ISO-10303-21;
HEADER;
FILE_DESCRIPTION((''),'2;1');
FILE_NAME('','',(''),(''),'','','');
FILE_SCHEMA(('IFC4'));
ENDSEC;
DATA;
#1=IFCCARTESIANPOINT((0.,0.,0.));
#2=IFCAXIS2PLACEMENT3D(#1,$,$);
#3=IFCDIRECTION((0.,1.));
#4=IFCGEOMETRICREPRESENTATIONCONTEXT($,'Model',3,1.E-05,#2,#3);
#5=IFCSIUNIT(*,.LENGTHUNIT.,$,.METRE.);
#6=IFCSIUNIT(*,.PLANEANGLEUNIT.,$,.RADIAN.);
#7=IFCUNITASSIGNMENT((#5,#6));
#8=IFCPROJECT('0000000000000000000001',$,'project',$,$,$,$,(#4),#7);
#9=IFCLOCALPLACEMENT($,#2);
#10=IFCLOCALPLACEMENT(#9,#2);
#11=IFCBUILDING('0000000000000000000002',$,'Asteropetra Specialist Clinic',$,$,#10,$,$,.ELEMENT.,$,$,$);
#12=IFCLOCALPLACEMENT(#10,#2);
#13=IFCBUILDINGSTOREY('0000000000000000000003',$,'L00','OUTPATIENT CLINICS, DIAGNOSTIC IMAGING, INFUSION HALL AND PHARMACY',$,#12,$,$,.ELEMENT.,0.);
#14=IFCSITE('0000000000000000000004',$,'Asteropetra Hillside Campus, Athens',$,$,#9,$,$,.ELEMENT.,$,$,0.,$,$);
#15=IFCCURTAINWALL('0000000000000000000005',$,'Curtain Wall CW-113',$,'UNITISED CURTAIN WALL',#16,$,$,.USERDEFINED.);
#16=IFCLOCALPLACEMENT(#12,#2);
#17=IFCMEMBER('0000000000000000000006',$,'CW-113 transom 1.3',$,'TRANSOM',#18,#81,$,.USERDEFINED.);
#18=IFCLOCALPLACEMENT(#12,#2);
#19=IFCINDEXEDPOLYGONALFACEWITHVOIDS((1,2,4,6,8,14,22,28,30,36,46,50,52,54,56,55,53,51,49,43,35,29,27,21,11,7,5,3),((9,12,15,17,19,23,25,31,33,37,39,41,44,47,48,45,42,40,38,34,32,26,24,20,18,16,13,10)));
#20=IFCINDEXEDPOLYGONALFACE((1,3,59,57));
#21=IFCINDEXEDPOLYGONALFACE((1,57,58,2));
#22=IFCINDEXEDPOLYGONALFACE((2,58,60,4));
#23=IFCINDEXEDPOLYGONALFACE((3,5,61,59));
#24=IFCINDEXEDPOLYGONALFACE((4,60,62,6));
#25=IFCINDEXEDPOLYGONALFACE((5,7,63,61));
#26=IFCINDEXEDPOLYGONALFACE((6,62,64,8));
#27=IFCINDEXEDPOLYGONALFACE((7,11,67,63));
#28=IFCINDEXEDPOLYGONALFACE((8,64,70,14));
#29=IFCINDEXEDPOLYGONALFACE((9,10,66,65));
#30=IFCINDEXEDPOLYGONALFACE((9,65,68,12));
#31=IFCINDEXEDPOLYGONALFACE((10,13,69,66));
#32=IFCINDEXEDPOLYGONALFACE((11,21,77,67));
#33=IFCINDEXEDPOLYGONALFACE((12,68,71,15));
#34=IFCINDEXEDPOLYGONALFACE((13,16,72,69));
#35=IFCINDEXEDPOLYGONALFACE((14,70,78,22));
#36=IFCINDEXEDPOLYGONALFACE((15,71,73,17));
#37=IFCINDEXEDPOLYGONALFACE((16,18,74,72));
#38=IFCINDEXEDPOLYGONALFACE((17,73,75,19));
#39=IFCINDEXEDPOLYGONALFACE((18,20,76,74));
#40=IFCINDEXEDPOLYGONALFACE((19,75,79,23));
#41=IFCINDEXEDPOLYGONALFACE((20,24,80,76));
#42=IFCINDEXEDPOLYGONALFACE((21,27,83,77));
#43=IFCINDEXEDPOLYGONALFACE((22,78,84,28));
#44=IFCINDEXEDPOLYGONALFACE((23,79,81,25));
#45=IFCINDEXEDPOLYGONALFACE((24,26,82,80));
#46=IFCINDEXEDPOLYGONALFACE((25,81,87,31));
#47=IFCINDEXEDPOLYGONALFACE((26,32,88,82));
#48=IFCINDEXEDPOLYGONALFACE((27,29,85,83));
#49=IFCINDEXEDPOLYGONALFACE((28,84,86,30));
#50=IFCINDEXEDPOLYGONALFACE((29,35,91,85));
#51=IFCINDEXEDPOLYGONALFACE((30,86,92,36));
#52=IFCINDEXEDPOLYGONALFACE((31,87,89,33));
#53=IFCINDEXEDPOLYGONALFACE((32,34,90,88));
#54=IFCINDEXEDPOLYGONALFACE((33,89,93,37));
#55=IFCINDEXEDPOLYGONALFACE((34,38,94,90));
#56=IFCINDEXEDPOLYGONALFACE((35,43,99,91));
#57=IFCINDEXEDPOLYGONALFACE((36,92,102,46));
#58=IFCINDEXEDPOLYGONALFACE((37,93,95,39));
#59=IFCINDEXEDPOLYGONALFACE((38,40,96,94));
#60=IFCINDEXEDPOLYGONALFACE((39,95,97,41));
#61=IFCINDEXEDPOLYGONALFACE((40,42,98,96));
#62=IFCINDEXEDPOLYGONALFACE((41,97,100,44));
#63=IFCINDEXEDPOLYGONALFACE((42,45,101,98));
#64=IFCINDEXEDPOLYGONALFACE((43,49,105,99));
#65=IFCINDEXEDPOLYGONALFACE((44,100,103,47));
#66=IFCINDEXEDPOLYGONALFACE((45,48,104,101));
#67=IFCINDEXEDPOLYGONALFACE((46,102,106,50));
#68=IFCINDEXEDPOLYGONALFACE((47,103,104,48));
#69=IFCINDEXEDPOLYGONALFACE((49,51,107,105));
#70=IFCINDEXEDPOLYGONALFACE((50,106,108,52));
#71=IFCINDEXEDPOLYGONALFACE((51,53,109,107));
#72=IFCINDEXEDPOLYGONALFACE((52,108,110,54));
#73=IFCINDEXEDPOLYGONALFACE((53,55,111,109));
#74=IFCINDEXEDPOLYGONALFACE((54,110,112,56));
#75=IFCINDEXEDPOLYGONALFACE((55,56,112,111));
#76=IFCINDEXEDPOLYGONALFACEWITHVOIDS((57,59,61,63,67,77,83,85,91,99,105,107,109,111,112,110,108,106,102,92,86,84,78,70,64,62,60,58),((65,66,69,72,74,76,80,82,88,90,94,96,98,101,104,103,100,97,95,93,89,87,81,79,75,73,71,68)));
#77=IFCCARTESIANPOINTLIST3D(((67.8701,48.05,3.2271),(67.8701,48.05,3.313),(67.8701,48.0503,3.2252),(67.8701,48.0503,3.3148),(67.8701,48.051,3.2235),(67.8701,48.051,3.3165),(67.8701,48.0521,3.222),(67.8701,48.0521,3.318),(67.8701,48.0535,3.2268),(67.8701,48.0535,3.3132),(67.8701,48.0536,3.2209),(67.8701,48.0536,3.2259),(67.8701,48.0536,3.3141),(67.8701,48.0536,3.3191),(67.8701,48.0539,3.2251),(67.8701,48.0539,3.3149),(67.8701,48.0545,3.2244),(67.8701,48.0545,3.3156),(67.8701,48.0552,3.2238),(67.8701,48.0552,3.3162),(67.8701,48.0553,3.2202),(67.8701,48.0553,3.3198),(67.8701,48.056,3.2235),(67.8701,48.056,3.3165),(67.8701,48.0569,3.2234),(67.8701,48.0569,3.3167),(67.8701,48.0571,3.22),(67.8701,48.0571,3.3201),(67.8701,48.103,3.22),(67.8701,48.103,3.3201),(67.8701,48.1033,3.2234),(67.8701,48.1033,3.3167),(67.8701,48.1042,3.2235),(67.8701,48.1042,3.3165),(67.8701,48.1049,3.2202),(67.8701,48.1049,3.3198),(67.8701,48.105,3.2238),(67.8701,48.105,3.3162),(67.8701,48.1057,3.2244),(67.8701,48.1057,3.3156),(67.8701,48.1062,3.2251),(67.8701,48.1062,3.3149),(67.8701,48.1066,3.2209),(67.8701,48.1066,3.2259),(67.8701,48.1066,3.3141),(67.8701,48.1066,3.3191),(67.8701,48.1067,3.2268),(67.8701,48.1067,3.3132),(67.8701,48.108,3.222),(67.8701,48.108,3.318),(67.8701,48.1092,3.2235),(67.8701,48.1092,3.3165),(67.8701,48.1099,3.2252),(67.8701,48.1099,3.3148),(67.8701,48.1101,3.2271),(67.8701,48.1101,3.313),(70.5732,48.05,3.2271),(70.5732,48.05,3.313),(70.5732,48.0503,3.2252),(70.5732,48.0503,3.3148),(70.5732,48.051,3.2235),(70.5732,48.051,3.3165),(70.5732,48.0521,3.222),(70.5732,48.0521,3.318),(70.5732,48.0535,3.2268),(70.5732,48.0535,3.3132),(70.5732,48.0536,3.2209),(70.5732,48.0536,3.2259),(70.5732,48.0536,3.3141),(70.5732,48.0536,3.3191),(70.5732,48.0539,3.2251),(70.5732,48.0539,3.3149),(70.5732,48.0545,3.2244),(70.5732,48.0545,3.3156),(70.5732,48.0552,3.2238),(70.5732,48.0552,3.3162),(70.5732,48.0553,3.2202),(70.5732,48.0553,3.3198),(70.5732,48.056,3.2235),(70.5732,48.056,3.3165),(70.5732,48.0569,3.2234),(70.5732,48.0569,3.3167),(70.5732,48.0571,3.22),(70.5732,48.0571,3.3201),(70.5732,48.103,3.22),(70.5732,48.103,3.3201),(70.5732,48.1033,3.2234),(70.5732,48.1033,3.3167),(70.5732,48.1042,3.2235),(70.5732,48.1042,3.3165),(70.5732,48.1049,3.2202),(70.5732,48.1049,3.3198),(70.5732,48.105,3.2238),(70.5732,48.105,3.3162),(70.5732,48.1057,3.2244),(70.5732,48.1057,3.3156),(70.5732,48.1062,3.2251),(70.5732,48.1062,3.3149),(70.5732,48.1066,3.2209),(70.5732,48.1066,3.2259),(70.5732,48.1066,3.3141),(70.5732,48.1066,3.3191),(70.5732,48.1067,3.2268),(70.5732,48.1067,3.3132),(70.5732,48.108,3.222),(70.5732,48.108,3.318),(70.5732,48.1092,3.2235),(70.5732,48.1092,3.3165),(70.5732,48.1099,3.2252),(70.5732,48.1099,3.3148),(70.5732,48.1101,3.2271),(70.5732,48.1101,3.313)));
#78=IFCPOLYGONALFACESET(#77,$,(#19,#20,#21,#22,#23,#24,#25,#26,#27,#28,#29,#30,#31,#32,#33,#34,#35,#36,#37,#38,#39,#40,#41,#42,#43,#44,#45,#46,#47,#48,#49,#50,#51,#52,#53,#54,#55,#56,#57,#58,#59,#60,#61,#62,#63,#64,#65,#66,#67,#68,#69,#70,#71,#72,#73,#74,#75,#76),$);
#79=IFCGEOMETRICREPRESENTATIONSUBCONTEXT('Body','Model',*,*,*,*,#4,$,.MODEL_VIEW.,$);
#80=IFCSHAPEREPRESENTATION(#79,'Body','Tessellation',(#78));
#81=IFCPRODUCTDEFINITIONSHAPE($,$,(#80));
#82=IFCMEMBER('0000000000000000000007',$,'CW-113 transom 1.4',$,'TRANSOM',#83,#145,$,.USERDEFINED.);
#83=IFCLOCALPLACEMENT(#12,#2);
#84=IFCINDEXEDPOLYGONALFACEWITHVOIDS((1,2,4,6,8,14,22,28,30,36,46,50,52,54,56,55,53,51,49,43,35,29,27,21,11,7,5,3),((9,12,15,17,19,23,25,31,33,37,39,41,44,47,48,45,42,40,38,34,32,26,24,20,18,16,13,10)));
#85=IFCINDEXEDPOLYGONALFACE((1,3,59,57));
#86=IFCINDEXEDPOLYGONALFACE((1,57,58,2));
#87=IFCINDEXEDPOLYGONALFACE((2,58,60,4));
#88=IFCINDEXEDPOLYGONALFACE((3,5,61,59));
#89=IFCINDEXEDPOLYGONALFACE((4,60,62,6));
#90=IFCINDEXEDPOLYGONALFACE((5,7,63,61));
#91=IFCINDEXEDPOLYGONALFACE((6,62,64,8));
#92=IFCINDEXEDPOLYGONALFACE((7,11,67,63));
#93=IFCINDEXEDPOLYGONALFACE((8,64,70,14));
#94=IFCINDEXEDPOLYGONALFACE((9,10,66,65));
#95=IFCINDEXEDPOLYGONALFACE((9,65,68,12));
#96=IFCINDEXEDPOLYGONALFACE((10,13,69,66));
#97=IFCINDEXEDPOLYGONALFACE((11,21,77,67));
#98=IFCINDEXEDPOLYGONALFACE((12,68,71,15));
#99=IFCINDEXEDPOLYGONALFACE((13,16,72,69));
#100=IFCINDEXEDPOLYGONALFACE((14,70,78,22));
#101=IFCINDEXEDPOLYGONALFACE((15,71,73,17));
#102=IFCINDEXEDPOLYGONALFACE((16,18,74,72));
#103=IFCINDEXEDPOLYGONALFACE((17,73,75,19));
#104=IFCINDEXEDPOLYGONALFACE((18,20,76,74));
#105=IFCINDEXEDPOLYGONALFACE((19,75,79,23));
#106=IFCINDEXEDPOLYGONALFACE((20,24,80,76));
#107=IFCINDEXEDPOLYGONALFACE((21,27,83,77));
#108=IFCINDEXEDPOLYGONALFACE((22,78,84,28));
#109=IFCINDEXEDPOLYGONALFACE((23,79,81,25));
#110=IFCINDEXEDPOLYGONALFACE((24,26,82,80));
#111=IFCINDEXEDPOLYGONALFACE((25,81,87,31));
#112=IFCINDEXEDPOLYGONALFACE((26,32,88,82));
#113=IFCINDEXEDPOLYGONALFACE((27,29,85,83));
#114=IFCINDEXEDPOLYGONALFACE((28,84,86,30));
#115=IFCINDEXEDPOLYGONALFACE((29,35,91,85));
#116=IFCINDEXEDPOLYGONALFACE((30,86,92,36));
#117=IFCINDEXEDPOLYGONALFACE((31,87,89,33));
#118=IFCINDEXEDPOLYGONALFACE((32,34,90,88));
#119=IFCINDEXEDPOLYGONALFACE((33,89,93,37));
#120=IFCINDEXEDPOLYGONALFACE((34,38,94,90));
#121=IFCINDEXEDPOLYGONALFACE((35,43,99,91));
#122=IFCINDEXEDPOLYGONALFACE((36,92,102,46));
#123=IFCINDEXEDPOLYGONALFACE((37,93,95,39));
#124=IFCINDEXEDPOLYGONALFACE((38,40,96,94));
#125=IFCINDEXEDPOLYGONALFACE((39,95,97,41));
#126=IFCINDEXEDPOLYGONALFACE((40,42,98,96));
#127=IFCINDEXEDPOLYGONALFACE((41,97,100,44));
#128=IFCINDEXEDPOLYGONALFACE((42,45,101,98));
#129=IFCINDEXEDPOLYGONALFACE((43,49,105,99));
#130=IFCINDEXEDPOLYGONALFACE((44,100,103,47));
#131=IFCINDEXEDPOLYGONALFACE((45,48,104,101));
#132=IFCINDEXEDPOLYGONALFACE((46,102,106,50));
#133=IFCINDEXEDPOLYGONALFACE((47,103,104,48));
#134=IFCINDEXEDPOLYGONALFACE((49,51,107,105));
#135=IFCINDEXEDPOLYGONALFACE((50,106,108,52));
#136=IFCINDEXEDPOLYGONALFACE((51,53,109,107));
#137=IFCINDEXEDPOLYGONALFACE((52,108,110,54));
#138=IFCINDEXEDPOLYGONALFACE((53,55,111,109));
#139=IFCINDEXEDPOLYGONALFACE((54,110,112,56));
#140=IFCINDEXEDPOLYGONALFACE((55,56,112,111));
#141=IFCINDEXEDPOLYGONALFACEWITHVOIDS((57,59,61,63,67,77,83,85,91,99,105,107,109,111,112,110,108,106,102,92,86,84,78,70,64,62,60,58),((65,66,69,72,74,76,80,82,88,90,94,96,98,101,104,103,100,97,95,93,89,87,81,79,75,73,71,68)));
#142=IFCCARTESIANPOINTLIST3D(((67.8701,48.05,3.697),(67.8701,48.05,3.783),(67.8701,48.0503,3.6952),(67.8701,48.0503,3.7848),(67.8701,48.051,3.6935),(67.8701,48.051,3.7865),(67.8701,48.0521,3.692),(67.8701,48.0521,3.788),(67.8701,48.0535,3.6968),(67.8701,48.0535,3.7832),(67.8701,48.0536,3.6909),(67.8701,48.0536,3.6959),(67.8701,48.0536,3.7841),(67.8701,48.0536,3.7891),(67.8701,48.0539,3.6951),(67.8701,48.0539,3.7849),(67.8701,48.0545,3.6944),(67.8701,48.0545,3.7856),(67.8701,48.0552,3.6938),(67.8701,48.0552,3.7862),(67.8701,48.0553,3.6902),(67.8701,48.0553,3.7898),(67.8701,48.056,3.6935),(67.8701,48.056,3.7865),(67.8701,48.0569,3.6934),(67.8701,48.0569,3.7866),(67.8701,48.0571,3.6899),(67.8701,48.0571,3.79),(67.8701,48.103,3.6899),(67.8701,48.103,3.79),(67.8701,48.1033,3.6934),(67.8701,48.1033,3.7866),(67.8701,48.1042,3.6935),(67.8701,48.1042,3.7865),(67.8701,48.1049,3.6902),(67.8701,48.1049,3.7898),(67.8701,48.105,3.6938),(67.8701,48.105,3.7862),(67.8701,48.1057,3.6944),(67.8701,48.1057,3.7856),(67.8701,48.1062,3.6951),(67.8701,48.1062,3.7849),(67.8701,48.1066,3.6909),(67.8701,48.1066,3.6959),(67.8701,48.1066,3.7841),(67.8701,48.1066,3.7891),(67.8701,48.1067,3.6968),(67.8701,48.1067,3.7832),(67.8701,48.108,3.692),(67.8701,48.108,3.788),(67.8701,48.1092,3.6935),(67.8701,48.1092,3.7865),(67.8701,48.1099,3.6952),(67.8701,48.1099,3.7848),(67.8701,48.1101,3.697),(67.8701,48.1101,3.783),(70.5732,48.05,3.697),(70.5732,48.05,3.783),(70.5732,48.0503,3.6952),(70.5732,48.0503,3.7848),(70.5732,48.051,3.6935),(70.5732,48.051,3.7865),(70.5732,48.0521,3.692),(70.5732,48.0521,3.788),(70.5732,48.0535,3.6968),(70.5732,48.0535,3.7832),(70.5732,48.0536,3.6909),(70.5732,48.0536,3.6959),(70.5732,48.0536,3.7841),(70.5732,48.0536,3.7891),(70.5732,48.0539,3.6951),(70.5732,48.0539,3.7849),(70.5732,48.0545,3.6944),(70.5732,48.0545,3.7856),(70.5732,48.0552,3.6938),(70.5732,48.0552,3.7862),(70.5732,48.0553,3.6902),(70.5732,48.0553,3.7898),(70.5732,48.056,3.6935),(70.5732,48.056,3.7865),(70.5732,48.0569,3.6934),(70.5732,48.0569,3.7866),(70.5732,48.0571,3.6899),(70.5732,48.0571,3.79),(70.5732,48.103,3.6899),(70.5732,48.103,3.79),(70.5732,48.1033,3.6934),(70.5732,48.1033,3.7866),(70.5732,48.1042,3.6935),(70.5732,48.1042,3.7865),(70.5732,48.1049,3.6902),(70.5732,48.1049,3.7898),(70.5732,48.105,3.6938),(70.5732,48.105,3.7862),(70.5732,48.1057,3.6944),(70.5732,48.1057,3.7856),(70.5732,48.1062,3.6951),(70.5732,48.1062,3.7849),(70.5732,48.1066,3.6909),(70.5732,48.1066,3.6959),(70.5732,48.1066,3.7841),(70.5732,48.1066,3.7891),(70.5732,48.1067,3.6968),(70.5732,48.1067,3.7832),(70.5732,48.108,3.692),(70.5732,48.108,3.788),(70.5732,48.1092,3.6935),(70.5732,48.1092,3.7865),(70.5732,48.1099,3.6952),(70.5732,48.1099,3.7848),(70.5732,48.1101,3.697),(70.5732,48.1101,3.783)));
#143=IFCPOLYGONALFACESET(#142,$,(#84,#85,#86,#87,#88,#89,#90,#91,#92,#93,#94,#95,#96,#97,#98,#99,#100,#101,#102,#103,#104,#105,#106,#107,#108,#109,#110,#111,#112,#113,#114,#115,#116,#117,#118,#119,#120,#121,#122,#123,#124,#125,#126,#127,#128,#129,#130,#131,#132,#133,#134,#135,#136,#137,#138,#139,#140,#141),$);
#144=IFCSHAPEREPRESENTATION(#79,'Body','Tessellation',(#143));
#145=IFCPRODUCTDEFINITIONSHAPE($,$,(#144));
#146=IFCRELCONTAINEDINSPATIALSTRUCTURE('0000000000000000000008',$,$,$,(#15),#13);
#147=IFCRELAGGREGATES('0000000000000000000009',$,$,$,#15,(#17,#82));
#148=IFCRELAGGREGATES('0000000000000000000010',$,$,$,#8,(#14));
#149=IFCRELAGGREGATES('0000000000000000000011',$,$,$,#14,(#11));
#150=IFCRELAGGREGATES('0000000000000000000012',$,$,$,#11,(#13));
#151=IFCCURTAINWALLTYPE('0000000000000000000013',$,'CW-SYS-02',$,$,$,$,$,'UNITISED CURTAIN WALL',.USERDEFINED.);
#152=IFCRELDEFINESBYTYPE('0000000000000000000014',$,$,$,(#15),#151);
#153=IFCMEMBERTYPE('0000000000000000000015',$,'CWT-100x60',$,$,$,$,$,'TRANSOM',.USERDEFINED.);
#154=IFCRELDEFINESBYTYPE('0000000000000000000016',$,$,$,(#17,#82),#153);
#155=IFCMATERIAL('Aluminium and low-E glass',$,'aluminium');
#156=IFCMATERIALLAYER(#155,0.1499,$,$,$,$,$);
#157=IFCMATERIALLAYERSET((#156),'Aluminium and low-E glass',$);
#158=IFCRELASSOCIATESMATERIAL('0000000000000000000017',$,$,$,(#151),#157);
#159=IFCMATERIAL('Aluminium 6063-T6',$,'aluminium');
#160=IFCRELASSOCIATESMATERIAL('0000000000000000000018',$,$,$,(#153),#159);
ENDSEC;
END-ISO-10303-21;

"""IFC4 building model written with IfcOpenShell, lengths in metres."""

from ifc_helpers import new_model, si_unit, direction, frame, origin, origin_2d, place, context, subcontext, project, spatial, hollow_rectangle, extrude, material, layer, layer_set, material_profile, profile_set, type_object, element, aggregate, save


model = new_model("IFC4")

# Units and contexts
model_context = context("Model", 3, precision=1e-05, world=origin(), true_north=direction((0.0, 1.0)))
body_context = subcontext(model_context, "Body", "Model", "MODEL_VIEW")
ifc_project = project(units=[si_unit("LENGTHUNIT", "METRE"), si_unit("PLANEANGLEUNIT", "RADIAN")], contexts=[model_context])

# Site, building, storey
site_placement = place(None, origin())
site = spatial("IfcSite", under=ifc_project, at=site_placement, Name="Asteropetra Hillside Campus, Athens", CompositionType="ELEMENT", RefElevation=0.0)
building_placement = place(site_placement, origin())
building = spatial("IfcBuilding", under=site, at=building_placement, Name="Asteropetra Specialist Clinic", CompositionType="ELEMENT")
storey_placement = place(building_placement, origin())
storey = spatial("IfcBuildingStorey", under=building, at=storey_placement, Name="L00", Description="OUTPATIENT CLINICS, DIAGNOSTIC IMAGING, INFUSION HALL AND PHARMACY", CompositionType="ELEMENT", Elevation=0.0)

# Curtain wall, members
ifc_material_1 = material(Name="Aluminium and low-E glass", Category="aluminium")
ifc_layer_1 = layer(ifc_material_1, 0.1499)
ifc_layer_set_1 = layer_set([ifc_layer_1], Name="Aluminium and low-E glass")
curtain_wall_type = type_object("IfcCurtainWallType", Name="CW-SYS-02", ElementType="UNITISED CURTAIN WALL", PredefinedType="USERDEFINED", material=ifc_layer_set_1)
curtain_wall_placement = place(storey_placement, origin())
curtain_wall = element("IfcCurtainWall", 1, at=curtain_wall_placement, inside=storey, type_object=curtain_wall_type, Name="Curtain Wall CW-113", ObjectType="UNITISED CURTAIN WALL", PredefinedType="USERDEFINED")
ifc_material_2 = material(Name="Aluminium 6063-T6", Category="aluminium")
ifc_material_profile_1 = material_profile(ifc_material_2, hollow_rectangle(XDim=0.0601, YDim=0.1001, WallThickness=0.0034, InnerFilletRadius=0.0034, OuterFilletRadius=0.0071, at=origin_2d()), Name="TRN 100x60x3.5")
ifc_profile_set_1 = profile_set([ifc_material_profile_1], Name="Aluminium 6063-T6")
member_type_1 = type_object("IfcMemberType", Name="CWT-100x60", ElementType="TRANSOM", PredefinedType="USERDEFINED", material=ifc_profile_set_1)
member_1_placement = place(storey_placement, frame((67.8701, 48.0801, 3.27), z_axis=(1.0, 0.0, 0.0), x_axis=(0.0, 1.0, 0.0)))
member_1 = element("IfcMember", 2, at=member_1_placement, type_object=member_type_1, Name="CW-113 transom 1.3", ObjectType="TRANSOM", PredefinedType="USERDEFINED", context=body_context, shape_type="SweptSolid", body=[
    extrude(hollow_rectangle(XDim=0.0601, YDim=0.1001, WallThickness=0.0034, InnerFilletRadius=0.0034, OuterFilletRadius=0.0071, at=origin_2d()), origin(), (0.0, 0.0, 1.0), 2.7031),
])
member_2_placement = place(storey_placement, frame((67.8701, 48.0801, 3.74), z_axis=(1.0, 0.0, 0.0), x_axis=(0.0, 1.0, 0.0)))
member_2 = element("IfcMember", 3, at=member_2_placement, type_object=member_type_1, Name="CW-113 transom 1.4", ObjectType="TRANSOM", PredefinedType="USERDEFINED", context=body_context, shape_type="SweptSolid", body=[
    extrude(hollow_rectangle(XDim=0.0601, YDim=0.1001, WallThickness=0.0034, InnerFilletRadius=0.0034, OuterFilletRadius=0.0071, at=origin_2d()), origin(), (0.0, 0.0, 1.0), 2.7031),
])

aggregate(curtain_wall, [member_1, member_2])

save(model, "model.ifc")
